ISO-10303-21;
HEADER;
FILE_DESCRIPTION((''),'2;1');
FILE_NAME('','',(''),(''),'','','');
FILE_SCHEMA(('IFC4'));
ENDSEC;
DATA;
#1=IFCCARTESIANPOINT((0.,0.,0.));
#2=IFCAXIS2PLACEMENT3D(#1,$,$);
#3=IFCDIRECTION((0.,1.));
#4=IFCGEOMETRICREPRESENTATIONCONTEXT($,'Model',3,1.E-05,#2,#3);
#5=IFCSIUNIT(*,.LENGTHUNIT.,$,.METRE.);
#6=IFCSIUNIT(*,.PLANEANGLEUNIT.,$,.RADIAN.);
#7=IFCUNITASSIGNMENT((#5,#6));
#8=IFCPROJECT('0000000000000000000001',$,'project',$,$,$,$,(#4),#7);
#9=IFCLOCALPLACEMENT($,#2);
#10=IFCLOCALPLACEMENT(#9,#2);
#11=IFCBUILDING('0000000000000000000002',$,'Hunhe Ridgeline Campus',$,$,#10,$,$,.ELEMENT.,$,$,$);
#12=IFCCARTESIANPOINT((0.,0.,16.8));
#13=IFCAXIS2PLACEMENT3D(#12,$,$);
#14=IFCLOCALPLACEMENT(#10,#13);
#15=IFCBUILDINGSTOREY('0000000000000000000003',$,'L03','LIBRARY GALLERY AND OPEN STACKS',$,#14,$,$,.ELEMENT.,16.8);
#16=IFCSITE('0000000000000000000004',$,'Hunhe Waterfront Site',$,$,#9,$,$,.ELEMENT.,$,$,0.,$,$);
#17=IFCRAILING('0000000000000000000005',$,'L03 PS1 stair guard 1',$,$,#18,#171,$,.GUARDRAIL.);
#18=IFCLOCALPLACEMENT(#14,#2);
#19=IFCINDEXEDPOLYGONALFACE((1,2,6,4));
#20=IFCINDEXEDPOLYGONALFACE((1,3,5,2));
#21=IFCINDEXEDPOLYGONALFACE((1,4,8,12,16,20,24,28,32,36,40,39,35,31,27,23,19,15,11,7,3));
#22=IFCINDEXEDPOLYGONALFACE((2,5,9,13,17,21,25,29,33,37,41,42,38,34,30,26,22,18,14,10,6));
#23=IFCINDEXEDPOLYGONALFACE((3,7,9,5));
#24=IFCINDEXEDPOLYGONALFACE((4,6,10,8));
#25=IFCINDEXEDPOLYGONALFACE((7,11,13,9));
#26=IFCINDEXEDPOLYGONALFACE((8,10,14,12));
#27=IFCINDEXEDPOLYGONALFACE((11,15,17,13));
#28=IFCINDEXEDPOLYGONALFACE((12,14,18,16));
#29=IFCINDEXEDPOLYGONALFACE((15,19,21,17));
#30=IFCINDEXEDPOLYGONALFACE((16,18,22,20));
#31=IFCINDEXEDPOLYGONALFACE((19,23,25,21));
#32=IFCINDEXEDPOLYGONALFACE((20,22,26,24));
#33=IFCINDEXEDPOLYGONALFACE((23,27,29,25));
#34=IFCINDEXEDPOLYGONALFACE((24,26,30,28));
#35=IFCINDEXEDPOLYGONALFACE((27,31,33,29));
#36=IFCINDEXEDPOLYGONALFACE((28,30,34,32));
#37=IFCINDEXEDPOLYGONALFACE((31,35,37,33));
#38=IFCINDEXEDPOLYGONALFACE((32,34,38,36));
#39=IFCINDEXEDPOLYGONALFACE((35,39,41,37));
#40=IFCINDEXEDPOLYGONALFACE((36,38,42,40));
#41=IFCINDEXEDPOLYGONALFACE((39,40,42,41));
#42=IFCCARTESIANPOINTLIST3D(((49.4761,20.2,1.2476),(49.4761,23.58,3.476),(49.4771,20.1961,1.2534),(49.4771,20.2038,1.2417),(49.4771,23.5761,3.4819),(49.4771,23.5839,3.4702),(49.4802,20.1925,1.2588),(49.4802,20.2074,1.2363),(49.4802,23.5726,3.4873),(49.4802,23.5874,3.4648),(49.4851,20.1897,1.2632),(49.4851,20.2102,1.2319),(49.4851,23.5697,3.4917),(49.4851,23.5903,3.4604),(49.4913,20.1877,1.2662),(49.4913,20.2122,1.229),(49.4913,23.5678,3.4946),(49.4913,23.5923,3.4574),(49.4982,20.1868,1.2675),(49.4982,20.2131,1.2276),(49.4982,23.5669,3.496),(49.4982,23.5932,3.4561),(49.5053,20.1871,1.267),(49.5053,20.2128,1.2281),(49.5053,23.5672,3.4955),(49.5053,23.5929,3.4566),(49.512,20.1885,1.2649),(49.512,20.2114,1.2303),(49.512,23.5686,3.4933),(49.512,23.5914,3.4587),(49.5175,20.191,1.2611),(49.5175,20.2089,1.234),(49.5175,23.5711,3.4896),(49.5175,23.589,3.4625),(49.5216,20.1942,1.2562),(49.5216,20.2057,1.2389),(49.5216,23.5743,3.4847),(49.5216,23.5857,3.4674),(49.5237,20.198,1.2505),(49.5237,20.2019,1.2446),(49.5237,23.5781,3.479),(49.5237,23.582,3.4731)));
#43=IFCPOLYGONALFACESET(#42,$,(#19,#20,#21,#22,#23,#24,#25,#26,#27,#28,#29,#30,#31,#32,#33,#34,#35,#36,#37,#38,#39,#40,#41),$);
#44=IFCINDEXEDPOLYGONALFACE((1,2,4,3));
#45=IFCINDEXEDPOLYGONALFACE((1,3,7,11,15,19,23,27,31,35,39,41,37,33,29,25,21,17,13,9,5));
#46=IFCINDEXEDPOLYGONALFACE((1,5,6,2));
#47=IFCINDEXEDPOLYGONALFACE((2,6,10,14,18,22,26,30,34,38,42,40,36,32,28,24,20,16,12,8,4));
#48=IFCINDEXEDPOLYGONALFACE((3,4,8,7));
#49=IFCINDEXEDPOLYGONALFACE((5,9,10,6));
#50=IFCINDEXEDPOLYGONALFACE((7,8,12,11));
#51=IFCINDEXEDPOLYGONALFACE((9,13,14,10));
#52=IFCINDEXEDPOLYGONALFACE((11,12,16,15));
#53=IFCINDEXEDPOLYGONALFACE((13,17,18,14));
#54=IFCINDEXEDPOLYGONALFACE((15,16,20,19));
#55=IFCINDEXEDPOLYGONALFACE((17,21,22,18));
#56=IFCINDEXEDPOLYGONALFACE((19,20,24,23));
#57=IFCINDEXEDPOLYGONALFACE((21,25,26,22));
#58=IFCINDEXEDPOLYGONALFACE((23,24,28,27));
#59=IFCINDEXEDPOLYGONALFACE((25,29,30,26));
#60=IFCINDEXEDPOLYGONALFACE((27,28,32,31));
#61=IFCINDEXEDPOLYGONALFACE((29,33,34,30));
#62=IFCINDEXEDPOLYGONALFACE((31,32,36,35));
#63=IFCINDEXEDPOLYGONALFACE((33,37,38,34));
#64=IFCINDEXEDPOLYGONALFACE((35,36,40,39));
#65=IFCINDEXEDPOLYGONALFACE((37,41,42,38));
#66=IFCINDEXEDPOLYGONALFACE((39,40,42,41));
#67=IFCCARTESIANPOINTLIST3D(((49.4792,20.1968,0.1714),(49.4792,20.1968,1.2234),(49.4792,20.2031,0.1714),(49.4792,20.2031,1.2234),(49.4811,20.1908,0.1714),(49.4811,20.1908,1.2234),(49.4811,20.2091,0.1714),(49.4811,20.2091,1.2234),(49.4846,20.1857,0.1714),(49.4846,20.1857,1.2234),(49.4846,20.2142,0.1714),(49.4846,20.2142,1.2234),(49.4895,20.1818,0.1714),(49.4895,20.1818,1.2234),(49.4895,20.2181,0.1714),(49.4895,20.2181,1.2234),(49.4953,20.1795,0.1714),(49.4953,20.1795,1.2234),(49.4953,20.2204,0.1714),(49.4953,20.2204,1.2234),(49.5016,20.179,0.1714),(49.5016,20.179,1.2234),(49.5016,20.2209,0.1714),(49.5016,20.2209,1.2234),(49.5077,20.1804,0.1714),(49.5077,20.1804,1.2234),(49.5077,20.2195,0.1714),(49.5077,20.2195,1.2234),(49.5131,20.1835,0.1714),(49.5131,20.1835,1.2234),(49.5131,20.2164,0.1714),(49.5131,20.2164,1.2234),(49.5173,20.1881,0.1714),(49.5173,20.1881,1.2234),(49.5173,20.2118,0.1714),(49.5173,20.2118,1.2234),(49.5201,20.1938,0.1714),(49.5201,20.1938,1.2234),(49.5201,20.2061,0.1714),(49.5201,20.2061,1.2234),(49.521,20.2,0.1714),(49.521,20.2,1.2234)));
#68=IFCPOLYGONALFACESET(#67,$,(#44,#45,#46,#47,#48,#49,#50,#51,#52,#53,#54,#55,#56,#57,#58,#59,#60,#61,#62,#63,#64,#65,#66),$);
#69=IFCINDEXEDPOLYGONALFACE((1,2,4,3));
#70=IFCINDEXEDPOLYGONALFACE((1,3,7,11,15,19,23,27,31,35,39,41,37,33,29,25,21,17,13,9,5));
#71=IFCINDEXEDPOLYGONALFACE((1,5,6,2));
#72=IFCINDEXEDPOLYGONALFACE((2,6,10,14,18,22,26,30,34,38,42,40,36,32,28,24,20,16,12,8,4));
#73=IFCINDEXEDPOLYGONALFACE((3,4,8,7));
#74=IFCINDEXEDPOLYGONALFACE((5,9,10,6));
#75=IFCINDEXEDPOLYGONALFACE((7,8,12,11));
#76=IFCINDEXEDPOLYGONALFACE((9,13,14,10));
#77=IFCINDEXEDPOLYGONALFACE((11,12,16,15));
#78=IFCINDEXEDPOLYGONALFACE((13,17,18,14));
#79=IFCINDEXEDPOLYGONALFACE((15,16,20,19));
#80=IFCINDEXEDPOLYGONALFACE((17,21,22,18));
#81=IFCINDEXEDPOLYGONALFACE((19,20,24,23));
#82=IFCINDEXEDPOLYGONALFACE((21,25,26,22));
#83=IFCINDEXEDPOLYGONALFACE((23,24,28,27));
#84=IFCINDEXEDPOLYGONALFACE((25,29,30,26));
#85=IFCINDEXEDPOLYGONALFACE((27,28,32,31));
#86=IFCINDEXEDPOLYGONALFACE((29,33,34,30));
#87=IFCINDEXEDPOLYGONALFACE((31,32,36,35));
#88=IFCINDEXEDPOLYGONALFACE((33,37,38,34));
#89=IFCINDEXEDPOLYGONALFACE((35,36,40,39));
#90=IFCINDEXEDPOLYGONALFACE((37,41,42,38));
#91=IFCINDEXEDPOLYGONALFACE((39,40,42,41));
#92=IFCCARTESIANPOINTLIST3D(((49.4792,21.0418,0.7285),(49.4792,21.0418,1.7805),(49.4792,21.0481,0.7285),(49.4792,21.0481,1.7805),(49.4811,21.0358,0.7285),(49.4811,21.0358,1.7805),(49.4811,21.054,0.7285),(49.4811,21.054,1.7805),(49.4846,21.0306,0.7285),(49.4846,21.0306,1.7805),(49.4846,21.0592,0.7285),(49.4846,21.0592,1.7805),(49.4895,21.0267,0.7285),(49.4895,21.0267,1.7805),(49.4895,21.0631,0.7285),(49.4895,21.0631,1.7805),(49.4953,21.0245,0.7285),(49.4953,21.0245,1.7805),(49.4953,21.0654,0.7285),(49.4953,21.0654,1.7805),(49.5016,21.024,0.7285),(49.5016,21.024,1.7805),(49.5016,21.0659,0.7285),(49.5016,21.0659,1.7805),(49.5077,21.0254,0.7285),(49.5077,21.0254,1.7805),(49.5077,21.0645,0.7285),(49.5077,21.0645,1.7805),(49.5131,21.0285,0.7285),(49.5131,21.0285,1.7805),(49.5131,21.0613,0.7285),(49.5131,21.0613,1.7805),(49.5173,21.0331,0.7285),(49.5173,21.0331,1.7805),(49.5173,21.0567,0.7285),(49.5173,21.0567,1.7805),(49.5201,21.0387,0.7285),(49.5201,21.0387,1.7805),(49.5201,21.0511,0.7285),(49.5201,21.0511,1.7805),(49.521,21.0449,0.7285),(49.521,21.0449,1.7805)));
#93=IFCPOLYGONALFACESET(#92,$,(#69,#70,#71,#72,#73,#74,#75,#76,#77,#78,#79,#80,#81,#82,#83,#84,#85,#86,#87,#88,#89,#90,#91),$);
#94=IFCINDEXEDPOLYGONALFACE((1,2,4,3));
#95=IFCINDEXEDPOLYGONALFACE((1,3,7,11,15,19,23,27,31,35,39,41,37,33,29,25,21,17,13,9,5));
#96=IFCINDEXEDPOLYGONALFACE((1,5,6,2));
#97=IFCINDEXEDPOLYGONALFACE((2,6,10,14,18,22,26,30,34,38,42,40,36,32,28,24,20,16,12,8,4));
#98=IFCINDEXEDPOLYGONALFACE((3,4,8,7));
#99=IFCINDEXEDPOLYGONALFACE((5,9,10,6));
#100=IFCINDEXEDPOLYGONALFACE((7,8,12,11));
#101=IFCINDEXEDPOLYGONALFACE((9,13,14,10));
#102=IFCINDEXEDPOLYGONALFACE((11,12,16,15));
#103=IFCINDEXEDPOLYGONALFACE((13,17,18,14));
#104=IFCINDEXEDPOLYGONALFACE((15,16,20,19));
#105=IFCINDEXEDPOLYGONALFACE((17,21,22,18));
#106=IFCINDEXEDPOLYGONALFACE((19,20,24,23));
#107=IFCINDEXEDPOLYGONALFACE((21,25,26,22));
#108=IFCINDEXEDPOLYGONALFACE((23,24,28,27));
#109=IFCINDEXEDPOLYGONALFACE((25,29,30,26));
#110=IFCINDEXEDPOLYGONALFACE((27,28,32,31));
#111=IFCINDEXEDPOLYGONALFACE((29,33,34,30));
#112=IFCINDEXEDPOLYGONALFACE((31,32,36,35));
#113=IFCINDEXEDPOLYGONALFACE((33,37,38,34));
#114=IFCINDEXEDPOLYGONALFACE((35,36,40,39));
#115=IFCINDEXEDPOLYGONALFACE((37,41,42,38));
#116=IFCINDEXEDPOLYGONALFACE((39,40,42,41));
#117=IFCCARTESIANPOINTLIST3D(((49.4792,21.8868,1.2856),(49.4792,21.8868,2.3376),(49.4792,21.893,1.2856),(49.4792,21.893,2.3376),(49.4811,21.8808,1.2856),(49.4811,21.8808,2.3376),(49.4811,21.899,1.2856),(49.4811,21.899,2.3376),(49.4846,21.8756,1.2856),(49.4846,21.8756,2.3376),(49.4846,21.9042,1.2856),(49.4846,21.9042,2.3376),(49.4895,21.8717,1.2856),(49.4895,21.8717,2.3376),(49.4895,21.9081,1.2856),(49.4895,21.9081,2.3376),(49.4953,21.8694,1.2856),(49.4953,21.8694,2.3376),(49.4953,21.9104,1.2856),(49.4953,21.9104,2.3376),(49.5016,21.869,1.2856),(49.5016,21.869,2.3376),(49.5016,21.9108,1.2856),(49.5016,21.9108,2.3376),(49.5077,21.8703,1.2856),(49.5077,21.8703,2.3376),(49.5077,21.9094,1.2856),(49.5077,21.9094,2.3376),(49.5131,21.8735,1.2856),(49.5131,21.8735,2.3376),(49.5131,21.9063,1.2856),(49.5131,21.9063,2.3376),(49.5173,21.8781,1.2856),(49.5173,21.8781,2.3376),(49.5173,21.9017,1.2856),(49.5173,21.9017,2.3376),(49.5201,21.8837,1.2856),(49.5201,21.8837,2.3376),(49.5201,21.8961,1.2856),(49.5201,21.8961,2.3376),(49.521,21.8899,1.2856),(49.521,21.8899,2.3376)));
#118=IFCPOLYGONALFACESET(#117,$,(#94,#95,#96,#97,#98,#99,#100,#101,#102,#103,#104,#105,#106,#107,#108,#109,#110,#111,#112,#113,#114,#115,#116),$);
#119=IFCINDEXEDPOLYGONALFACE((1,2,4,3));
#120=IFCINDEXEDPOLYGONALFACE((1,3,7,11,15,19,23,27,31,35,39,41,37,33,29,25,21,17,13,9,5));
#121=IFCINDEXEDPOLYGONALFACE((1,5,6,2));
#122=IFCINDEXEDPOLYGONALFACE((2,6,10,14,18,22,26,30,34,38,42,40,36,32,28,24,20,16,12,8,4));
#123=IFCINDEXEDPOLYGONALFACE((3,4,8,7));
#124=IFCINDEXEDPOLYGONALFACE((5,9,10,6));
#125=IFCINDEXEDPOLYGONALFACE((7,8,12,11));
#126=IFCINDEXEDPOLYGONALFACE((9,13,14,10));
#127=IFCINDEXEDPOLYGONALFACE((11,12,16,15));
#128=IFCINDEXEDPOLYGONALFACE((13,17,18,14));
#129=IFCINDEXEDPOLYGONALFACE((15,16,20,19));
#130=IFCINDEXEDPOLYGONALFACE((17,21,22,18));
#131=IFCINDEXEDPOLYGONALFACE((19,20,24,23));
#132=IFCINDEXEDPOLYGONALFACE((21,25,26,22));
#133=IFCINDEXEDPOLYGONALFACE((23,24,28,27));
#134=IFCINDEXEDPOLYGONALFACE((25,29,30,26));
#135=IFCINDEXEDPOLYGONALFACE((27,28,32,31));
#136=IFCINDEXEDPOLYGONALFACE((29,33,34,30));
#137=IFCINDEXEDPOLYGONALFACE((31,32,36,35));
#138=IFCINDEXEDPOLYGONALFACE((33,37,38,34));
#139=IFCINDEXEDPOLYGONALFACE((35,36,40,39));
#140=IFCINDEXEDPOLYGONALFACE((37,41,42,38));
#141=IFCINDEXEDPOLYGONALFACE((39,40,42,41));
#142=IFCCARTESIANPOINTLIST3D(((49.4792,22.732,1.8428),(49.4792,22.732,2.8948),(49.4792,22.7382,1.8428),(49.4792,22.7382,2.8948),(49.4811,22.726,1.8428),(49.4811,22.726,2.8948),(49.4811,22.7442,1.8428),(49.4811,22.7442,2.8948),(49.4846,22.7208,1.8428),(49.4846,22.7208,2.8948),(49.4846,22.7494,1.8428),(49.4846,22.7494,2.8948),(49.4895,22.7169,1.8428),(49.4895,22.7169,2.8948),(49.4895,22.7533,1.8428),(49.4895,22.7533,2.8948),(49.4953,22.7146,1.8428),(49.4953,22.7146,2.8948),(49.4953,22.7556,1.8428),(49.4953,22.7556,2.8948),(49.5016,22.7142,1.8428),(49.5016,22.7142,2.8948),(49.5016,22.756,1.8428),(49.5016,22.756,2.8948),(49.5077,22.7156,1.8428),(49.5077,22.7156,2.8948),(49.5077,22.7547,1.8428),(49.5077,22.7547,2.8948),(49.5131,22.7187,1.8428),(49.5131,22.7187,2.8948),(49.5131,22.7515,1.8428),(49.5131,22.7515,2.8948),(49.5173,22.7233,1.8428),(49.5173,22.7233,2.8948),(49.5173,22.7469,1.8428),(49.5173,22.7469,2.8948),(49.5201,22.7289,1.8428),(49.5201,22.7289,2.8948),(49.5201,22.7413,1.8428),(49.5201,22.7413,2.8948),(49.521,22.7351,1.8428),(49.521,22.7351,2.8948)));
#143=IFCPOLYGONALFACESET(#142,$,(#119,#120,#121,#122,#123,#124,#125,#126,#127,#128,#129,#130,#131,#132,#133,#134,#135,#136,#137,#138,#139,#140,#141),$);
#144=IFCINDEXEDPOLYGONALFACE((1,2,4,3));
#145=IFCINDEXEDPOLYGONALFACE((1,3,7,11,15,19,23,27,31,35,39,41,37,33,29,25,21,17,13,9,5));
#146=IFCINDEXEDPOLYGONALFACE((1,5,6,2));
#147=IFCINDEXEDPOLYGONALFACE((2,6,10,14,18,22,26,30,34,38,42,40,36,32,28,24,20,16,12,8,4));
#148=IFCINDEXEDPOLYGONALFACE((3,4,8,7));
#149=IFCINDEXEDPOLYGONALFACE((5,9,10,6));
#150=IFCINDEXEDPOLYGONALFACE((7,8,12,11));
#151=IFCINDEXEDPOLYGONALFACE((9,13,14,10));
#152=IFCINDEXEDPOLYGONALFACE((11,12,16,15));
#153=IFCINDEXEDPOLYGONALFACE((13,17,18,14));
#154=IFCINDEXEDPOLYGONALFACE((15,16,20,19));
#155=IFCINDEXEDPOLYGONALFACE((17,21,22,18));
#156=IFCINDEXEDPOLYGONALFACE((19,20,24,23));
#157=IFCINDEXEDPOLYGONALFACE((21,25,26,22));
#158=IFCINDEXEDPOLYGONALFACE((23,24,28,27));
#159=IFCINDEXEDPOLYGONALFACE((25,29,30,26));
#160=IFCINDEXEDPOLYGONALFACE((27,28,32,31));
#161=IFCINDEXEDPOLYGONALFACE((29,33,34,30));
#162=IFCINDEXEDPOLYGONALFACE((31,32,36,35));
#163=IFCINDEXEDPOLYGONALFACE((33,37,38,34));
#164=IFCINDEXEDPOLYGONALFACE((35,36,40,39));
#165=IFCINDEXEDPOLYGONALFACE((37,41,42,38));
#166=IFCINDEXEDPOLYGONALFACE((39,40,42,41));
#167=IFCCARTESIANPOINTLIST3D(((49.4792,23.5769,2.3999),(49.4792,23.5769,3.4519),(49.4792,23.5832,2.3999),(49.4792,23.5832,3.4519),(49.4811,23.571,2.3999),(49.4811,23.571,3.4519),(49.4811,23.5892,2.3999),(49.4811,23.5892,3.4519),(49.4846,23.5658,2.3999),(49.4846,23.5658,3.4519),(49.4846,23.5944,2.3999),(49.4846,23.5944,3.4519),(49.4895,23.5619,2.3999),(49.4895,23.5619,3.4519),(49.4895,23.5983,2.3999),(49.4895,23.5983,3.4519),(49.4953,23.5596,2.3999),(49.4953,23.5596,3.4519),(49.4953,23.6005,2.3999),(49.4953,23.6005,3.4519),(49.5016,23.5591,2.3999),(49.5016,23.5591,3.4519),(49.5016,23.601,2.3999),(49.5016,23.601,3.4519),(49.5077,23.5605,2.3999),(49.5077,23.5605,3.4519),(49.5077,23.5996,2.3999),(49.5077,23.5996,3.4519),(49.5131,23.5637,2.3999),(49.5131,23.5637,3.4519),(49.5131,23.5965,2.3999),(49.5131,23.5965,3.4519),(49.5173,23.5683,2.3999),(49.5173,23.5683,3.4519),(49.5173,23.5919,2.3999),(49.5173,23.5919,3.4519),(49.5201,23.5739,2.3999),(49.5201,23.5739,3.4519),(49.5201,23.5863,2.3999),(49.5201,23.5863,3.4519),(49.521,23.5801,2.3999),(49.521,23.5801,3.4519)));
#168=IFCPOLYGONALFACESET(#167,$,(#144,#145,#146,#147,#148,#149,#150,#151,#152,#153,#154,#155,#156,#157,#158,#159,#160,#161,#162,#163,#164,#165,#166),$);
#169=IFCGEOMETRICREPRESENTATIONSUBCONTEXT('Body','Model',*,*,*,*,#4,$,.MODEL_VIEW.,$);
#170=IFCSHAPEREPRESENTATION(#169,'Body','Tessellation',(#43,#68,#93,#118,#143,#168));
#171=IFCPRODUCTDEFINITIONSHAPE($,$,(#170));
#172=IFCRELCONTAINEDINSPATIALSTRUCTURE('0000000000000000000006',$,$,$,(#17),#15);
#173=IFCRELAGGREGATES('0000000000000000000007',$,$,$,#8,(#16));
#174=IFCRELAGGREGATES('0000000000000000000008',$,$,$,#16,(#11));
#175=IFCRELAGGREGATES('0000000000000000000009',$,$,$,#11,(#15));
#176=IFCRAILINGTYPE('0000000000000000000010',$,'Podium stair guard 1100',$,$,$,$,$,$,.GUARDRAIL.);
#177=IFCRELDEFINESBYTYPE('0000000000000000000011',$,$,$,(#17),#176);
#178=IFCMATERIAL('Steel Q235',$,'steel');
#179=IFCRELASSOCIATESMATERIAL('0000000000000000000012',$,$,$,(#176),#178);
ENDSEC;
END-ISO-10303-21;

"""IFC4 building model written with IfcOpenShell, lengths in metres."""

from ifc_helpers import new_model, si_unit, direction, frame, origin, origin_2d, place, context, subcontext, project, spatial, circle, extrude, material, type_object, element, save


model = new_model("IFC4")

# Units and contexts
model_context = context("Model", 3, precision=1e-05, world=origin(), true_north=direction((0.0, 1.0)))
body_context = subcontext(model_context, "Body", "Model", "MODEL_VIEW")
ifc_project = project(units=[si_unit("LENGTHUNIT", "METRE"), si_unit("PLANEANGLEUNIT", "RADIAN")], contexts=[model_context])

# Site, building, storey
site_placement = place(None, origin())
site = spatial("IfcSite", under=ifc_project, at=site_placement, Name="Hunhe Waterfront Site", CompositionType="ELEMENT", RefElevation=0.0)
building_placement = place(site_placement, origin())
building = spatial("IfcBuilding", under=site, at=building_placement, Name="Hunhe Ridgeline Campus", CompositionType="ELEMENT")
storey_placement = place(building_placement, frame((0.0, 0.0, 16.8)))
storey = spatial("IfcBuildingStorey", under=building, at=storey_placement, Name="L03", Description="LIBRARY GALLERY AND OPEN STACKS", CompositionType="ELEMENT", Elevation=16.8)

# Shared definitions
ifc_material_1 = material(Name="Steel Q235", Category="steel")

# Railing
railing_type_1 = type_object("IfcRailingType", Name="Podium stair guard 1100", PredefinedType="GUARDRAIL", material=ifc_material_1)
railing_1_placement = place(storey_placement, frame((49.5, 20.2, 0.1714)))
element("IfcRailing", 1, at=railing_1_placement, inside=storey, type_object=railing_type_1, Name="L03 PS1 stair guard 1", PredefinedType="GUARDRAIL", context=body_context, shape_type="SweptSolid", body=[
    extrude(circle(Radius=0.0239, at=origin_2d()), frame((0.0, 0.0, 1.0762), z_axis=(0.0, 0.834878, 0.550435), x_axis=(-1.0, 0.0, 0.0)), (0.0, 0.0, 1.0), 4.0486),
    extrude(circle(Radius=0.021, at=origin_2d()), origin(), (0.0, 0.0, 1.0), 1.052),
    extrude(circle(Radius=0.021, at=origin_2d()), frame((0.0, 0.845, 0.5571)), (0.0, 0.0, 1.0), 1.052),
    extrude(circle(Radius=0.021, at=origin_2d()), frame((0.0, 1.6899, 1.1143)), (0.0, 0.0, 1.0), 1.052),
    extrude(circle(Radius=0.021, at=origin_2d()), frame((0.0, 2.5352, 1.6714)), (0.0, 0.0, 1.0), 1.052),
    extrude(circle(Radius=0.021, at=origin_2d()), frame((0.0, 3.3801, 2.2285)), (0.0, 0.0, 1.0), 1.052),
])

save(model, "model.ifc")
